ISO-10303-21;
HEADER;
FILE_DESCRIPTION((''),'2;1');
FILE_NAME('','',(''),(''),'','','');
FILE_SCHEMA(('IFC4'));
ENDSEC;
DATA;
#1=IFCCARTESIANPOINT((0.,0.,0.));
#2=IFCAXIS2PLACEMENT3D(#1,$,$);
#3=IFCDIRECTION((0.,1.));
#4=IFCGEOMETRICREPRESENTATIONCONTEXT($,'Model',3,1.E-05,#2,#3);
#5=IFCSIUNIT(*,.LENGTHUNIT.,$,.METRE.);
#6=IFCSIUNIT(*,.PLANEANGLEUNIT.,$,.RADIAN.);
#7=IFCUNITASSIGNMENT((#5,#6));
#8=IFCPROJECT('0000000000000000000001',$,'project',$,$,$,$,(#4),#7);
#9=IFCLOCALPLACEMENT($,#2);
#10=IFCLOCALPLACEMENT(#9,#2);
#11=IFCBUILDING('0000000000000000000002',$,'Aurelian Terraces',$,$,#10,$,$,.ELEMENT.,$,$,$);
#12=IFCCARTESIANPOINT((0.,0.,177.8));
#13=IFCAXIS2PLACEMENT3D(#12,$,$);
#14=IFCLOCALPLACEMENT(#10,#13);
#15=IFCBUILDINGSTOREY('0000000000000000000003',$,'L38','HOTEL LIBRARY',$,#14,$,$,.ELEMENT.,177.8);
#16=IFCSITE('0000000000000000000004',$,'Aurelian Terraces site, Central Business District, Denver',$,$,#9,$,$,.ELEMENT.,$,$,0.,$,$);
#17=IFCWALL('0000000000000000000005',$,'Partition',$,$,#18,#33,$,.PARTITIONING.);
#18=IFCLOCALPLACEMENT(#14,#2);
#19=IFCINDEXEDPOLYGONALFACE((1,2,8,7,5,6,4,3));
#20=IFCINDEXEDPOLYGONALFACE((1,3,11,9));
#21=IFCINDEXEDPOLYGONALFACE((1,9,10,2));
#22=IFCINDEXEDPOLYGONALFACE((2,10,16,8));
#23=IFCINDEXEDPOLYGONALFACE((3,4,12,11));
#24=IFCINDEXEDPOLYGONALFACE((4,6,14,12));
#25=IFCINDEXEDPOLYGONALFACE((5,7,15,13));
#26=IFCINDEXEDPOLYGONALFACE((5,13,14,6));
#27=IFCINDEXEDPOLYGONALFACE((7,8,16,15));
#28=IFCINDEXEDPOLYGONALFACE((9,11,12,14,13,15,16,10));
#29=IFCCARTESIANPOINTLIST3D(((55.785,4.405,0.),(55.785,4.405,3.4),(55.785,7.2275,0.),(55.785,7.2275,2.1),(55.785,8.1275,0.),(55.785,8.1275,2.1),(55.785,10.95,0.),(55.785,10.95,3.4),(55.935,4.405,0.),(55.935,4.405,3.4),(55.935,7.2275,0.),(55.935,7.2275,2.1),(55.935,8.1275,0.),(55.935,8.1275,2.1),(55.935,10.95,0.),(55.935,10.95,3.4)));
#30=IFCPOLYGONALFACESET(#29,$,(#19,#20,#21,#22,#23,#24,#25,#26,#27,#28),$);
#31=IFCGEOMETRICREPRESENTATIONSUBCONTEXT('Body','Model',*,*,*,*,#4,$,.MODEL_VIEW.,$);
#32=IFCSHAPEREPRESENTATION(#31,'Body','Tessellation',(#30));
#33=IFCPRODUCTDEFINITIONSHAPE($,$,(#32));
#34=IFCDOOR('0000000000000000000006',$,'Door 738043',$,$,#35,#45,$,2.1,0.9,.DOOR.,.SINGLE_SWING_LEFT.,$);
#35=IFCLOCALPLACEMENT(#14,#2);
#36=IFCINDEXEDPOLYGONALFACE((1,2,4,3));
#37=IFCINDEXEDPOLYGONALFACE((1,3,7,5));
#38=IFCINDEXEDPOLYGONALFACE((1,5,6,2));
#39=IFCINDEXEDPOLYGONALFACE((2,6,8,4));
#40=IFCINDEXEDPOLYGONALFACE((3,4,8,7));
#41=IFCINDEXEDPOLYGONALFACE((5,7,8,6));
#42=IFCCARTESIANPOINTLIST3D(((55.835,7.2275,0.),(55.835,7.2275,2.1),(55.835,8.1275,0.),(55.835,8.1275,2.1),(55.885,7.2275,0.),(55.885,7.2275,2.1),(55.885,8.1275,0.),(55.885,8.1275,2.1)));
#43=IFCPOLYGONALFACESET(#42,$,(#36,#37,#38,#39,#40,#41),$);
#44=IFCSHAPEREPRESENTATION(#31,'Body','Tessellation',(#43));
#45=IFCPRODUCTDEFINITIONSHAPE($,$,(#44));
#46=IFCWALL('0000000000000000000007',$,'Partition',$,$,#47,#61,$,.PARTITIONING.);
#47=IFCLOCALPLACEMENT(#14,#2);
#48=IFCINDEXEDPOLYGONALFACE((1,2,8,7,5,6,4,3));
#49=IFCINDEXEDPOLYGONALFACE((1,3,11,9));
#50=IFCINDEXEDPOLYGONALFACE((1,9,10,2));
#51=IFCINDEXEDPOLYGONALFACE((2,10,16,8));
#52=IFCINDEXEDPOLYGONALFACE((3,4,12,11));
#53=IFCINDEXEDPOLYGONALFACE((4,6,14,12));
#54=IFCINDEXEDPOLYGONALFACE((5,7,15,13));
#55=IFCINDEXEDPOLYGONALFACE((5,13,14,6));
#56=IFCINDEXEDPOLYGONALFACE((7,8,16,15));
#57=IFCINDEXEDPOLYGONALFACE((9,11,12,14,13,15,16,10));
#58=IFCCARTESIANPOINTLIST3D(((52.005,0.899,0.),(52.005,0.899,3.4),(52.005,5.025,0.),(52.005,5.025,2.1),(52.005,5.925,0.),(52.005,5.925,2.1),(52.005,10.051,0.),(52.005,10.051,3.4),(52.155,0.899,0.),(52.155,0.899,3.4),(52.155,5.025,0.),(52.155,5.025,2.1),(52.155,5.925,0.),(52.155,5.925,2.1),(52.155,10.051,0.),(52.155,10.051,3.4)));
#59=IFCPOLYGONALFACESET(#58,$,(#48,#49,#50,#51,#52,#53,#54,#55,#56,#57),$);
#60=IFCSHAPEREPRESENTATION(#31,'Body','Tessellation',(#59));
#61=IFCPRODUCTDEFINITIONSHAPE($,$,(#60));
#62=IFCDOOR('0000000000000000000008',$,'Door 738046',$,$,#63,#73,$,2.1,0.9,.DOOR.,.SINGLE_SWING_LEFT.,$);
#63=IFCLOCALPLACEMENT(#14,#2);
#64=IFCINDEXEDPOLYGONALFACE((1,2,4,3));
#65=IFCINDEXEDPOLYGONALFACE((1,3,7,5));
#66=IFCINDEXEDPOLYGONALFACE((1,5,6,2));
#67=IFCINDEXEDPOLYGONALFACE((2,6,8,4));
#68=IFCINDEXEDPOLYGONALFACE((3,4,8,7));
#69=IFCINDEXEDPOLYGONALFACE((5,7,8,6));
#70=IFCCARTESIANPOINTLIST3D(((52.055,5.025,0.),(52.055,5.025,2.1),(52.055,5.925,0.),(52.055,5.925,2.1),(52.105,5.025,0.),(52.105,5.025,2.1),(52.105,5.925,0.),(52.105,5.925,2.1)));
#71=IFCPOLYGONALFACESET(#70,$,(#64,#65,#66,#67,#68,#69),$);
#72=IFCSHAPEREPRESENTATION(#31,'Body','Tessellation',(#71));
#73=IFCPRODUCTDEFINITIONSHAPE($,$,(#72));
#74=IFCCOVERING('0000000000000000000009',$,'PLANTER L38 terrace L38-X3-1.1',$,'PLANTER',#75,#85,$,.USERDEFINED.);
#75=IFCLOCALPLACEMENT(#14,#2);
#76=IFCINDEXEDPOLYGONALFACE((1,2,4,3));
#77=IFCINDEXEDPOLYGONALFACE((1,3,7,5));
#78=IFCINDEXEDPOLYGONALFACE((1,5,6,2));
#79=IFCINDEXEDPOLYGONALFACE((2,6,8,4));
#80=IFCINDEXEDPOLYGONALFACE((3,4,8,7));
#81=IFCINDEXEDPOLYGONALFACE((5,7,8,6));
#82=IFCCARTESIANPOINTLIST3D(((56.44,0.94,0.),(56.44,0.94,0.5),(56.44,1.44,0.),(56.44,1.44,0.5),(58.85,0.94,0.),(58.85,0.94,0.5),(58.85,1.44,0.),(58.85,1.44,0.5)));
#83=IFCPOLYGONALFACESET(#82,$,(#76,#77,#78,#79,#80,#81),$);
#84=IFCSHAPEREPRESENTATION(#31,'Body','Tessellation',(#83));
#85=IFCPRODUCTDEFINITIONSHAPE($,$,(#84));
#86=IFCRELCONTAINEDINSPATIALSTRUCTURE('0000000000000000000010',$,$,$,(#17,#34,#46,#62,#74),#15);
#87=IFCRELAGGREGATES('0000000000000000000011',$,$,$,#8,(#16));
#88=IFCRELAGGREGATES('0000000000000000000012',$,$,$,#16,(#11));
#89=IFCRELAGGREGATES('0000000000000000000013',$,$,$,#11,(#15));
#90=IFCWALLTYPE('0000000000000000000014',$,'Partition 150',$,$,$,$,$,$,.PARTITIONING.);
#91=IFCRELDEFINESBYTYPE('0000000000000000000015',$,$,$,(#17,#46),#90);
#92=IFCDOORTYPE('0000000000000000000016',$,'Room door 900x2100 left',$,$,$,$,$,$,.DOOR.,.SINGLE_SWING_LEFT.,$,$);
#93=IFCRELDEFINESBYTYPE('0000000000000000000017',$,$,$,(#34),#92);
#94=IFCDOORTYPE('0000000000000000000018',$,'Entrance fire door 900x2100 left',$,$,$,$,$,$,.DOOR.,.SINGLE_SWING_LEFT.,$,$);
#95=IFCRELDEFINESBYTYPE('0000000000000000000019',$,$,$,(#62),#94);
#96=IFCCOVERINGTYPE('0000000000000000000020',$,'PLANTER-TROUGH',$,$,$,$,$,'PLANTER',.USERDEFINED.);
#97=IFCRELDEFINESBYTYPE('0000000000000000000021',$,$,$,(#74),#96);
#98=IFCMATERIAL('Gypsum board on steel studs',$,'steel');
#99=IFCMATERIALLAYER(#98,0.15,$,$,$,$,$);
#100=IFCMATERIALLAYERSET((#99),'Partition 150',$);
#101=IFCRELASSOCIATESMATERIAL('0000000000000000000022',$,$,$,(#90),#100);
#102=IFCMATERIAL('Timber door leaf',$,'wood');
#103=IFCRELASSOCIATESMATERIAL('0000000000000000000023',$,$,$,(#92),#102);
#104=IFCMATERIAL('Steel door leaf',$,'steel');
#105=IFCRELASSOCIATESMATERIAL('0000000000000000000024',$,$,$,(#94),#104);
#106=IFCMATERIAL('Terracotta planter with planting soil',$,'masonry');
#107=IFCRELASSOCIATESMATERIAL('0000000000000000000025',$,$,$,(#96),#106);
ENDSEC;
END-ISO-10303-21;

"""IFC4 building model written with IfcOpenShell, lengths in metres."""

from ifc_helpers import new_model, si_unit, direction, frame, frame_2d, origin, origin_2d, place, context, subcontext, project, spatial, rectangle, extrude, source, transform, mapped, material, layer, layer_set, type_object, element, fill, save


model = new_model("IFC4")

# Units and contexts
model_context = context("Model", 3, precision=1e-05, world=origin(), true_north=direction((0.0, 1.0)))
body_context = subcontext(model_context, "Body", "Model", "MODEL_VIEW")
ifc_project = project(units=[si_unit("LENGTHUNIT", "METRE"), si_unit("PLANEANGLEUNIT", "RADIAN")], contexts=[model_context])

# Site, building, storey
site_placement = place(None, origin())
site = spatial("IfcSite", under=ifc_project, at=site_placement, Name="Aurelian Terraces site, Central Business District, Denver", CompositionType="ELEMENT", RefElevation=0.0)
building_placement = place(site_placement, origin())
building = spatial("IfcBuilding", under=site, at=building_placement, Name="Aurelian Terraces", CompositionType="ELEMENT")
storey_placement = place(building_placement, frame((0.0, 0.0, 177.8)))
storey = spatial("IfcBuildingStorey", under=building, at=storey_placement, Name="L38", Description="HOTEL LIBRARY", CompositionType="ELEMENT", Elevation=177.8)

# Walls, openings, doors
ifc_material_1 = material(Name="Gypsum board on steel studs", Category="steel")
ifc_layer_1 = layer(ifc_material_1, 0.15)
ifc_layer_set_1 = layer_set([ifc_layer_1], Name="Partition 150")
wall_type_1 = type_object("IfcWallType", Name="Partition 150", PredefinedType="PARTITIONING", material=ifc_layer_set_1)
wall_1_placement = place(storey_placement, frame((55.86, 4.405, 0.0), z_axis=(0.0, 0.0, 1.0), x_axis=(0.0, 1.0, 0.0)))
wall_1 = element("IfcWall", 1, at=wall_1_placement, inside=storey, type_object=wall_type_1, Name="Partition", PredefinedType="PARTITIONING", context=body_context, shape_type="SweptSolid", body=[
    extrude(rectangle(XDim=6.545, YDim=0.15, at=frame_2d((3.2725, 0.0))), origin(), (0.0, 0.0, 1.0), 3.4),
])
shared_shape_1 = source(origin(), body_context, "Body", "SweptSolid", [
    extrude(rectangle(XDim=0.9, YDim=2.1, at=frame_2d((0.45, 1.05))), frame((0.0, 0.085, 0.0), z_axis=(0.0, -1.0, 0.0), x_axis=(1.0, 0.0, 0.0)), (0.0, 0.0, 1.0), 0.17),
])
opening_1_placement = place(wall_1_placement, frame((2.8225, 0.0, 0.0)))
opening_1 = element("IfcOpeningElement", 2, at=opening_1_placement, cuts=wall_1, PredefinedType="OPENING", context=body_context, shape_type="MappedRepresentation", body=[
    mapped(shared_shape_1, transform((0.0, 0.0, 0.0), scale=1.0)),
])
ifc_material_2 = material(Name="Timber door leaf", Category="wood")
door_type_1 = type_object("IfcDoorType", Name="Room door 900x2100 left", OperationType="SINGLE_SWING_LEFT", PredefinedType="DOOR", material=ifc_material_2)
shared_shape_2 = source(origin(), body_context, "Body", "SweptSolid", [
    extrude(rectangle(XDim=0.9, YDim=2.1, at=frame_2d((0.45, 1.05))), frame((0.0, 0.025, 0.0), z_axis=(0.0, -1.0, 0.0), x_axis=(1.0, 0.0, 0.0)), (0.0, 0.0, 1.0), 0.05),
])
door_1_placement = place(opening_1_placement, origin())
door_1 = element("IfcDoor", 3, at=door_1_placement, inside=storey, type_object=door_type_1, Name="Door 738043", OperationType="SINGLE_SWING_LEFT", OverallHeight=2.1, OverallWidth=0.9, PredefinedType="DOOR", context=body_context, shape_type="MappedRepresentation", body=[
    mapped(shared_shape_2, transform((0.0, 0.0, 0.0), scale=1.0)),
])
fill(opening_1, door_1)
shared_shape_3 = source(origin(), body_context, "Body", "SweptSolid", [
    extrude(rectangle(XDim=9.152, YDim=0.15, at=frame_2d((4.576, 0.0))), origin(), (0.0, 0.0, 1.0), 3.4),
])
wall_2_placement = place(storey_placement, frame((52.08, 0.899, 0.0), z_axis=(0.0, 0.0, 1.0), x_axis=(0.0, 1.0, 0.0)))
wall_2 = element("IfcWall", 4, at=wall_2_placement, inside=storey, type_object=wall_type_1, Name="Partition", PredefinedType="PARTITIONING", context=body_context, shape_type="MappedRepresentation", body=[
    mapped(shared_shape_3, transform((0.0, 0.0, 0.0), scale=1.0)),
])
opening_2_placement = place(wall_2_placement, frame((4.126, 0.0, 0.0)))
opening_2 = element("IfcOpeningElement", 5, at=opening_2_placement, cuts=wall_2, PredefinedType="OPENING", context=body_context, shape_type="MappedRepresentation", body=[
    mapped(shared_shape_1, transform((0.0, 0.0, 0.0), scale=1.0)),
])
ifc_material_3 = material(Name="Steel door leaf", Category="steel")
door_type_2 = type_object("IfcDoorType", Name="Entrance fire door 900x2100 left", OperationType="SINGLE_SWING_LEFT", PredefinedType="DOOR", material=ifc_material_3)
door_2_placement = place(opening_2_placement, origin())
door_2 = element("IfcDoor", 6, at=door_2_placement, inside=storey, type_object=door_type_2, Name="Door 738046", OperationType="SINGLE_SWING_LEFT", OverallHeight=2.1, OverallWidth=0.9, PredefinedType="DOOR", context=body_context, shape_type="MappedRepresentation", body=[
    mapped(shared_shape_2, transform((0.0, 0.0, 0.0), scale=1.0)),
])
fill(opening_2, door_2)

# Covering
ifc_material_4 = material(Name="Terracotta planter with planting soil", Category="masonry")
covering_type = type_object("IfcCoveringType", Name="PLANTER-TROUGH", ElementType="PLANTER", PredefinedType="USERDEFINED", material=ifc_material_4)
shared_shape_4 = source(origin(), body_context, "Body", "SweptSolid", [
    extrude(rectangle(XDim=2.41, YDim=0.5, at=origin_2d()), origin(), (0.0, 0.0, 1.0), 0.5),
])
covering_placement = place(storey_placement, frame((57.645, 1.19, 0.0), z_axis=(0.0, 0.0, 1.0), x_axis=(1.0, 0.0, 0.0)))
element("IfcCovering", 7, at=covering_placement, inside=storey, type_object=covering_type, Name="PLANTER L38 terrace L38-X3-1.1", ObjectType="PLANTER", PredefinedType="USERDEFINED", context=body_context, shape_type="MappedRepresentation", body=[
    mapped(shared_shape_4, transform((0.0, 0.0, 0.0), scale=1.0)),
])

save(model, "model.ifc")
